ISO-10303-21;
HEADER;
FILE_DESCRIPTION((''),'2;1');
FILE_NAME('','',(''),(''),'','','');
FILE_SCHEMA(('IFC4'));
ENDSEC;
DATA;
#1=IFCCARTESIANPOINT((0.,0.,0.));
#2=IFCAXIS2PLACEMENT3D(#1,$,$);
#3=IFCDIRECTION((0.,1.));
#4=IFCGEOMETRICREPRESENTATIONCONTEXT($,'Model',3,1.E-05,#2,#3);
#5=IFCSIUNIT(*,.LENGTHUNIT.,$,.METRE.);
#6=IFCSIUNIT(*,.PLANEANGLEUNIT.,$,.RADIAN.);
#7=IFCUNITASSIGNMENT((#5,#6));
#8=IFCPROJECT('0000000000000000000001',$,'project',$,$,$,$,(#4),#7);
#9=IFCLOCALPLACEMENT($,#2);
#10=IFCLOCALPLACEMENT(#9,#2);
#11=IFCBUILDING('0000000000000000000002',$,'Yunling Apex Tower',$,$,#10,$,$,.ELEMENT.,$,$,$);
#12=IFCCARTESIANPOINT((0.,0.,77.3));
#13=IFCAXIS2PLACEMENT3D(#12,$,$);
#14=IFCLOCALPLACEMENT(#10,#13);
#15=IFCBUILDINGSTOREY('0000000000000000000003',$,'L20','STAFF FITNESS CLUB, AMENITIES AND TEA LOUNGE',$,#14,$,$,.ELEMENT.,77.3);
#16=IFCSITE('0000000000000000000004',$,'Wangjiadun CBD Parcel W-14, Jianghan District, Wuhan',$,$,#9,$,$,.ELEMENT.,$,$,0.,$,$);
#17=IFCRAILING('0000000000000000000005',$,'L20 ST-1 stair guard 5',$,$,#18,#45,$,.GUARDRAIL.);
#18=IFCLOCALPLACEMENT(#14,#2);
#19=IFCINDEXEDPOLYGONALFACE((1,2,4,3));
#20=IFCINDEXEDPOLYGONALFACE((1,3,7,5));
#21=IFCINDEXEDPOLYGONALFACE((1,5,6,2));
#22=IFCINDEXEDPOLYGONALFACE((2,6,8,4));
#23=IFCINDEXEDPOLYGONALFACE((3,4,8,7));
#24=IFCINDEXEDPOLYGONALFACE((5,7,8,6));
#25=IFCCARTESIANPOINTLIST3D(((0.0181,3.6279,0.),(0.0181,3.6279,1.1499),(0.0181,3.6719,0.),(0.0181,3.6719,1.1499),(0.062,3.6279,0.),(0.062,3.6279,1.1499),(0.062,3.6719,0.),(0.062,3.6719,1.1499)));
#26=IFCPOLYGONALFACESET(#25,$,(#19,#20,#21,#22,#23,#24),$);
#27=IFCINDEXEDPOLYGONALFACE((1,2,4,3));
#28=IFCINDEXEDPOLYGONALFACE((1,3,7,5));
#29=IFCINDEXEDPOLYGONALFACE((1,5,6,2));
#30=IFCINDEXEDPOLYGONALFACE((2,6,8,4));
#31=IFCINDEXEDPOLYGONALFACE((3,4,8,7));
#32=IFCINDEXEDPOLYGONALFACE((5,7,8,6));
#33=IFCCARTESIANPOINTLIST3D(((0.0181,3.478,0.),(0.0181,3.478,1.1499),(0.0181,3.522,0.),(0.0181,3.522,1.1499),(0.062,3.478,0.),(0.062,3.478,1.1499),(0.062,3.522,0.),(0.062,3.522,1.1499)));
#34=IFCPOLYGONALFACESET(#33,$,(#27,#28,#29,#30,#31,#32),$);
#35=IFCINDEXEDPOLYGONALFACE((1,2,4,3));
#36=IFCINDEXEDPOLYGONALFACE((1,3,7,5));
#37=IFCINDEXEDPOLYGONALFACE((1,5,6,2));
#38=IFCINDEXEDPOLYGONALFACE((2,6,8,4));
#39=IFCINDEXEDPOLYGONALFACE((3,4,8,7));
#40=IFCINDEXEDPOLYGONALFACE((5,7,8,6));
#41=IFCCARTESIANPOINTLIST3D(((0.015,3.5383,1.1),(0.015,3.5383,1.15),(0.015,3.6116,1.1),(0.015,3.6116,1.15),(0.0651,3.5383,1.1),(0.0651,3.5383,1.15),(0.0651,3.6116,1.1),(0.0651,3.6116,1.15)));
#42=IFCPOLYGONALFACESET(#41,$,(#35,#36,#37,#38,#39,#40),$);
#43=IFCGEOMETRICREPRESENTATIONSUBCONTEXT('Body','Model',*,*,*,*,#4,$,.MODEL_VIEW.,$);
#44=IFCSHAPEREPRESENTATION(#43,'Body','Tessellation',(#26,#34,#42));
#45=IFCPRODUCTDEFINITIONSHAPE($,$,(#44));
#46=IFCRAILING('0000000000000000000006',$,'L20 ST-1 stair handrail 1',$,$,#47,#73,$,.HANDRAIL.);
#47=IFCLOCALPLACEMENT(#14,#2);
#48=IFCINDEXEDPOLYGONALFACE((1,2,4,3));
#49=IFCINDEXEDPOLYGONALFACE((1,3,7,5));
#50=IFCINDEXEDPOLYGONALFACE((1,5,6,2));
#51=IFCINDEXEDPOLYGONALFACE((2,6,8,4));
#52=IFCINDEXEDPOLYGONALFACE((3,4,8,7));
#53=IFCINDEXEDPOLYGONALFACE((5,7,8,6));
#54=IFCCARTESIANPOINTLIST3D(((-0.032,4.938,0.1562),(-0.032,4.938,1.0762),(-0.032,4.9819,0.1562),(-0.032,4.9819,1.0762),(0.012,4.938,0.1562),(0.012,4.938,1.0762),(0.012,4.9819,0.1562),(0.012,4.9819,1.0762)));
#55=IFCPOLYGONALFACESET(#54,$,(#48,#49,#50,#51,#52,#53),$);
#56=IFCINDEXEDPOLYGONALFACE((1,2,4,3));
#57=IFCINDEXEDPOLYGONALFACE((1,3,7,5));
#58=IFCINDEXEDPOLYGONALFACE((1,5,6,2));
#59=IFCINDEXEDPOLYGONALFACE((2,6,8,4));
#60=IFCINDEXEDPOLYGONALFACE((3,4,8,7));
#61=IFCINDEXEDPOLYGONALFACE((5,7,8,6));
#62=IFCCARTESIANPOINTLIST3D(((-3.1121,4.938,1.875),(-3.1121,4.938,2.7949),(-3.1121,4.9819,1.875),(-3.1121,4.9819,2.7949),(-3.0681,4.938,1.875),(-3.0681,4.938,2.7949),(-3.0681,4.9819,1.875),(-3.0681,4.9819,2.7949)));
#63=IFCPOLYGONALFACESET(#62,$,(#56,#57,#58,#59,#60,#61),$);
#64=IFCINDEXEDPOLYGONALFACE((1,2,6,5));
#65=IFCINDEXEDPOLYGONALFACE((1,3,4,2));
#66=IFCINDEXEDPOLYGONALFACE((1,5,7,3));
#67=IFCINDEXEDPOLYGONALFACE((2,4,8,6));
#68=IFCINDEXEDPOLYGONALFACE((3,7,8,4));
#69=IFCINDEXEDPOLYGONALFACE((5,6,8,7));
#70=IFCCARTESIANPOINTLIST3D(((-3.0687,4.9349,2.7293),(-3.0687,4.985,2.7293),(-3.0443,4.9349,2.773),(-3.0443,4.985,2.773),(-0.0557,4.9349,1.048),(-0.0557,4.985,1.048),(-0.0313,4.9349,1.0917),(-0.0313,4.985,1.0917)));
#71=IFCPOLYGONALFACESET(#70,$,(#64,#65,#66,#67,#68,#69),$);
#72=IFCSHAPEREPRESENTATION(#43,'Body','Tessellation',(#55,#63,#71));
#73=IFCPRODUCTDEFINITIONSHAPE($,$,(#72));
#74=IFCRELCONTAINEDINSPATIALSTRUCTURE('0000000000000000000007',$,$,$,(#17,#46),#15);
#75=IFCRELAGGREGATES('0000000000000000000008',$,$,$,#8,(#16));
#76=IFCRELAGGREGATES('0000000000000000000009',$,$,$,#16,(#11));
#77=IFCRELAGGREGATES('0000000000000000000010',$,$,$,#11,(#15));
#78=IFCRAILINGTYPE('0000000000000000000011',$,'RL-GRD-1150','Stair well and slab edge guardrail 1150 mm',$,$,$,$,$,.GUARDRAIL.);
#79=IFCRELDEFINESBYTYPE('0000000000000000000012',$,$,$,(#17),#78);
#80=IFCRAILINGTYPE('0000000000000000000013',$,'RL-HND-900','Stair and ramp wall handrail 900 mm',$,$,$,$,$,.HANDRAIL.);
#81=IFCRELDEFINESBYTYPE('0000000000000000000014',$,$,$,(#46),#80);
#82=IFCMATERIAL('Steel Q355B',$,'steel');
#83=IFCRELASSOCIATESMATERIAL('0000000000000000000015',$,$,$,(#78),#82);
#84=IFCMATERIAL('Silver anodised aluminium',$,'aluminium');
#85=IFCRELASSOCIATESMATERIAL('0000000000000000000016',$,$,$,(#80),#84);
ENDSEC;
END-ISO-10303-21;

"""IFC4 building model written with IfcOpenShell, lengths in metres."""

from ifc_helpers import new_model, si_unit, direction, frame, origin, origin_2d, place, context, subcontext, project, spatial, rectangle, extrude, material, type_object, element, save


model = new_model("IFC4")

# Units and contexts
model_context = context("Model", 3, precision=1e-05, world=origin(), true_north=direction((0.0, 1.0)))
body_context = subcontext(model_context, "Body", "Model", "MODEL_VIEW")
ifc_project = project(units=[si_unit("LENGTHUNIT", "METRE"), si_unit("PLANEANGLEUNIT", "RADIAN")], contexts=[model_context])

# Site, building, storey
site_placement = place(None, origin())
site = spatial("IfcSite", under=ifc_project, at=site_placement, Name="Wangjiadun CBD Parcel W-14, Jianghan District, Wuhan", CompositionType="ELEMENT", RefElevation=0.0)
building_placement = place(site_placement, origin())
building = spatial("IfcBuilding", under=site, at=building_placement, Name="Yunling Apex Tower", CompositionType="ELEMENT")
storey_placement = place(building_placement, frame((0.0, 0.0, 77.3)))
storey = spatial("IfcBuildingStorey", under=building, at=storey_placement, Name="L20", Description="STAFF FITNESS CLUB, AMENITIES AND TEA LOUNGE", CompositionType="ELEMENT", Elevation=77.3)

# Shared definitions
ifc_material_1 = material(Name="Steel Q355B", Category="steel")

# Railings
railing_type_1 = type_object("IfcRailingType", Name="RL-GRD-1150", Description="Stair well and slab edge guardrail 1150 mm", PredefinedType="GUARDRAIL", material=ifc_material_1)
railing_1_placement = place(storey_placement, frame((0.04, 3.6499, 0.0)))
element("IfcRailing", 1, at=railing_1_placement, inside=storey, type_object=railing_type_1, Name="L20 ST-1 stair guard 5", PredefinedType="GUARDRAIL", context=body_context, shape_type="SweptSolid", body=[
    extrude(rectangle(XDim=0.0439, YDim=0.0439, at=origin_2d()), origin(), (0.0, 0.0, 1.0), 1.1499),
    extrude(rectangle(XDim=0.0439, YDim=0.0439, at=origin_2d()), frame((0.0, -0.1499, 0.0)), (0.0, 0.0, 1.0), 1.1499),
    extrude(rectangle(XDim=0.05, YDim=0.05, at=origin_2d()), frame((0.0, -0.0383, 1.125), z_axis=(0.0, -1.0, 0.0), x_axis=(1.0, 0.0, 0.0)), (0.0, 0.0, 1.0), 0.0732),
])
ifc_material_2 = material(Name="Silver anodised aluminium", Category="aluminium")
railing_type_2 = type_object("IfcRailingType", Name="RL-HND-900", Description="Stair and ramp wall handrail 900 mm", PredefinedType="HANDRAIL", material=ifc_material_2)
railing_2_placement = place(storey_placement, frame((-0.01, 4.96, 0.1562)))
element("IfcRailing", 2, at=railing_2_placement, inside=storey, type_object=railing_type_2, Name="L20 ST-1 stair handrail 1", PredefinedType="HANDRAIL", context=body_context, shape_type="SweptSolid", body=[
    extrude(rectangle(XDim=0.0439, YDim=0.0439, at=origin_2d()), origin(), (0.0, 0.0, 1.0), 0.9199),
    extrude(rectangle(XDim=0.0439, YDim=0.0439, at=origin_2d()), frame((-3.0801, 0.0, 1.7188)), (0.0, 0.0, 1.0), 0.9199),
    extrude(rectangle(XDim=0.05, YDim=0.05, at=origin_2d()), frame((-0.0334, 0.0, 0.9136), z_axis=(-0.873242, 0.0, 0.487288), x_axis=(0.0, -1.0, 0.0)), (0.0, 0.0, 1.0), 3.4504),
])

save(model, "model.ifc")
